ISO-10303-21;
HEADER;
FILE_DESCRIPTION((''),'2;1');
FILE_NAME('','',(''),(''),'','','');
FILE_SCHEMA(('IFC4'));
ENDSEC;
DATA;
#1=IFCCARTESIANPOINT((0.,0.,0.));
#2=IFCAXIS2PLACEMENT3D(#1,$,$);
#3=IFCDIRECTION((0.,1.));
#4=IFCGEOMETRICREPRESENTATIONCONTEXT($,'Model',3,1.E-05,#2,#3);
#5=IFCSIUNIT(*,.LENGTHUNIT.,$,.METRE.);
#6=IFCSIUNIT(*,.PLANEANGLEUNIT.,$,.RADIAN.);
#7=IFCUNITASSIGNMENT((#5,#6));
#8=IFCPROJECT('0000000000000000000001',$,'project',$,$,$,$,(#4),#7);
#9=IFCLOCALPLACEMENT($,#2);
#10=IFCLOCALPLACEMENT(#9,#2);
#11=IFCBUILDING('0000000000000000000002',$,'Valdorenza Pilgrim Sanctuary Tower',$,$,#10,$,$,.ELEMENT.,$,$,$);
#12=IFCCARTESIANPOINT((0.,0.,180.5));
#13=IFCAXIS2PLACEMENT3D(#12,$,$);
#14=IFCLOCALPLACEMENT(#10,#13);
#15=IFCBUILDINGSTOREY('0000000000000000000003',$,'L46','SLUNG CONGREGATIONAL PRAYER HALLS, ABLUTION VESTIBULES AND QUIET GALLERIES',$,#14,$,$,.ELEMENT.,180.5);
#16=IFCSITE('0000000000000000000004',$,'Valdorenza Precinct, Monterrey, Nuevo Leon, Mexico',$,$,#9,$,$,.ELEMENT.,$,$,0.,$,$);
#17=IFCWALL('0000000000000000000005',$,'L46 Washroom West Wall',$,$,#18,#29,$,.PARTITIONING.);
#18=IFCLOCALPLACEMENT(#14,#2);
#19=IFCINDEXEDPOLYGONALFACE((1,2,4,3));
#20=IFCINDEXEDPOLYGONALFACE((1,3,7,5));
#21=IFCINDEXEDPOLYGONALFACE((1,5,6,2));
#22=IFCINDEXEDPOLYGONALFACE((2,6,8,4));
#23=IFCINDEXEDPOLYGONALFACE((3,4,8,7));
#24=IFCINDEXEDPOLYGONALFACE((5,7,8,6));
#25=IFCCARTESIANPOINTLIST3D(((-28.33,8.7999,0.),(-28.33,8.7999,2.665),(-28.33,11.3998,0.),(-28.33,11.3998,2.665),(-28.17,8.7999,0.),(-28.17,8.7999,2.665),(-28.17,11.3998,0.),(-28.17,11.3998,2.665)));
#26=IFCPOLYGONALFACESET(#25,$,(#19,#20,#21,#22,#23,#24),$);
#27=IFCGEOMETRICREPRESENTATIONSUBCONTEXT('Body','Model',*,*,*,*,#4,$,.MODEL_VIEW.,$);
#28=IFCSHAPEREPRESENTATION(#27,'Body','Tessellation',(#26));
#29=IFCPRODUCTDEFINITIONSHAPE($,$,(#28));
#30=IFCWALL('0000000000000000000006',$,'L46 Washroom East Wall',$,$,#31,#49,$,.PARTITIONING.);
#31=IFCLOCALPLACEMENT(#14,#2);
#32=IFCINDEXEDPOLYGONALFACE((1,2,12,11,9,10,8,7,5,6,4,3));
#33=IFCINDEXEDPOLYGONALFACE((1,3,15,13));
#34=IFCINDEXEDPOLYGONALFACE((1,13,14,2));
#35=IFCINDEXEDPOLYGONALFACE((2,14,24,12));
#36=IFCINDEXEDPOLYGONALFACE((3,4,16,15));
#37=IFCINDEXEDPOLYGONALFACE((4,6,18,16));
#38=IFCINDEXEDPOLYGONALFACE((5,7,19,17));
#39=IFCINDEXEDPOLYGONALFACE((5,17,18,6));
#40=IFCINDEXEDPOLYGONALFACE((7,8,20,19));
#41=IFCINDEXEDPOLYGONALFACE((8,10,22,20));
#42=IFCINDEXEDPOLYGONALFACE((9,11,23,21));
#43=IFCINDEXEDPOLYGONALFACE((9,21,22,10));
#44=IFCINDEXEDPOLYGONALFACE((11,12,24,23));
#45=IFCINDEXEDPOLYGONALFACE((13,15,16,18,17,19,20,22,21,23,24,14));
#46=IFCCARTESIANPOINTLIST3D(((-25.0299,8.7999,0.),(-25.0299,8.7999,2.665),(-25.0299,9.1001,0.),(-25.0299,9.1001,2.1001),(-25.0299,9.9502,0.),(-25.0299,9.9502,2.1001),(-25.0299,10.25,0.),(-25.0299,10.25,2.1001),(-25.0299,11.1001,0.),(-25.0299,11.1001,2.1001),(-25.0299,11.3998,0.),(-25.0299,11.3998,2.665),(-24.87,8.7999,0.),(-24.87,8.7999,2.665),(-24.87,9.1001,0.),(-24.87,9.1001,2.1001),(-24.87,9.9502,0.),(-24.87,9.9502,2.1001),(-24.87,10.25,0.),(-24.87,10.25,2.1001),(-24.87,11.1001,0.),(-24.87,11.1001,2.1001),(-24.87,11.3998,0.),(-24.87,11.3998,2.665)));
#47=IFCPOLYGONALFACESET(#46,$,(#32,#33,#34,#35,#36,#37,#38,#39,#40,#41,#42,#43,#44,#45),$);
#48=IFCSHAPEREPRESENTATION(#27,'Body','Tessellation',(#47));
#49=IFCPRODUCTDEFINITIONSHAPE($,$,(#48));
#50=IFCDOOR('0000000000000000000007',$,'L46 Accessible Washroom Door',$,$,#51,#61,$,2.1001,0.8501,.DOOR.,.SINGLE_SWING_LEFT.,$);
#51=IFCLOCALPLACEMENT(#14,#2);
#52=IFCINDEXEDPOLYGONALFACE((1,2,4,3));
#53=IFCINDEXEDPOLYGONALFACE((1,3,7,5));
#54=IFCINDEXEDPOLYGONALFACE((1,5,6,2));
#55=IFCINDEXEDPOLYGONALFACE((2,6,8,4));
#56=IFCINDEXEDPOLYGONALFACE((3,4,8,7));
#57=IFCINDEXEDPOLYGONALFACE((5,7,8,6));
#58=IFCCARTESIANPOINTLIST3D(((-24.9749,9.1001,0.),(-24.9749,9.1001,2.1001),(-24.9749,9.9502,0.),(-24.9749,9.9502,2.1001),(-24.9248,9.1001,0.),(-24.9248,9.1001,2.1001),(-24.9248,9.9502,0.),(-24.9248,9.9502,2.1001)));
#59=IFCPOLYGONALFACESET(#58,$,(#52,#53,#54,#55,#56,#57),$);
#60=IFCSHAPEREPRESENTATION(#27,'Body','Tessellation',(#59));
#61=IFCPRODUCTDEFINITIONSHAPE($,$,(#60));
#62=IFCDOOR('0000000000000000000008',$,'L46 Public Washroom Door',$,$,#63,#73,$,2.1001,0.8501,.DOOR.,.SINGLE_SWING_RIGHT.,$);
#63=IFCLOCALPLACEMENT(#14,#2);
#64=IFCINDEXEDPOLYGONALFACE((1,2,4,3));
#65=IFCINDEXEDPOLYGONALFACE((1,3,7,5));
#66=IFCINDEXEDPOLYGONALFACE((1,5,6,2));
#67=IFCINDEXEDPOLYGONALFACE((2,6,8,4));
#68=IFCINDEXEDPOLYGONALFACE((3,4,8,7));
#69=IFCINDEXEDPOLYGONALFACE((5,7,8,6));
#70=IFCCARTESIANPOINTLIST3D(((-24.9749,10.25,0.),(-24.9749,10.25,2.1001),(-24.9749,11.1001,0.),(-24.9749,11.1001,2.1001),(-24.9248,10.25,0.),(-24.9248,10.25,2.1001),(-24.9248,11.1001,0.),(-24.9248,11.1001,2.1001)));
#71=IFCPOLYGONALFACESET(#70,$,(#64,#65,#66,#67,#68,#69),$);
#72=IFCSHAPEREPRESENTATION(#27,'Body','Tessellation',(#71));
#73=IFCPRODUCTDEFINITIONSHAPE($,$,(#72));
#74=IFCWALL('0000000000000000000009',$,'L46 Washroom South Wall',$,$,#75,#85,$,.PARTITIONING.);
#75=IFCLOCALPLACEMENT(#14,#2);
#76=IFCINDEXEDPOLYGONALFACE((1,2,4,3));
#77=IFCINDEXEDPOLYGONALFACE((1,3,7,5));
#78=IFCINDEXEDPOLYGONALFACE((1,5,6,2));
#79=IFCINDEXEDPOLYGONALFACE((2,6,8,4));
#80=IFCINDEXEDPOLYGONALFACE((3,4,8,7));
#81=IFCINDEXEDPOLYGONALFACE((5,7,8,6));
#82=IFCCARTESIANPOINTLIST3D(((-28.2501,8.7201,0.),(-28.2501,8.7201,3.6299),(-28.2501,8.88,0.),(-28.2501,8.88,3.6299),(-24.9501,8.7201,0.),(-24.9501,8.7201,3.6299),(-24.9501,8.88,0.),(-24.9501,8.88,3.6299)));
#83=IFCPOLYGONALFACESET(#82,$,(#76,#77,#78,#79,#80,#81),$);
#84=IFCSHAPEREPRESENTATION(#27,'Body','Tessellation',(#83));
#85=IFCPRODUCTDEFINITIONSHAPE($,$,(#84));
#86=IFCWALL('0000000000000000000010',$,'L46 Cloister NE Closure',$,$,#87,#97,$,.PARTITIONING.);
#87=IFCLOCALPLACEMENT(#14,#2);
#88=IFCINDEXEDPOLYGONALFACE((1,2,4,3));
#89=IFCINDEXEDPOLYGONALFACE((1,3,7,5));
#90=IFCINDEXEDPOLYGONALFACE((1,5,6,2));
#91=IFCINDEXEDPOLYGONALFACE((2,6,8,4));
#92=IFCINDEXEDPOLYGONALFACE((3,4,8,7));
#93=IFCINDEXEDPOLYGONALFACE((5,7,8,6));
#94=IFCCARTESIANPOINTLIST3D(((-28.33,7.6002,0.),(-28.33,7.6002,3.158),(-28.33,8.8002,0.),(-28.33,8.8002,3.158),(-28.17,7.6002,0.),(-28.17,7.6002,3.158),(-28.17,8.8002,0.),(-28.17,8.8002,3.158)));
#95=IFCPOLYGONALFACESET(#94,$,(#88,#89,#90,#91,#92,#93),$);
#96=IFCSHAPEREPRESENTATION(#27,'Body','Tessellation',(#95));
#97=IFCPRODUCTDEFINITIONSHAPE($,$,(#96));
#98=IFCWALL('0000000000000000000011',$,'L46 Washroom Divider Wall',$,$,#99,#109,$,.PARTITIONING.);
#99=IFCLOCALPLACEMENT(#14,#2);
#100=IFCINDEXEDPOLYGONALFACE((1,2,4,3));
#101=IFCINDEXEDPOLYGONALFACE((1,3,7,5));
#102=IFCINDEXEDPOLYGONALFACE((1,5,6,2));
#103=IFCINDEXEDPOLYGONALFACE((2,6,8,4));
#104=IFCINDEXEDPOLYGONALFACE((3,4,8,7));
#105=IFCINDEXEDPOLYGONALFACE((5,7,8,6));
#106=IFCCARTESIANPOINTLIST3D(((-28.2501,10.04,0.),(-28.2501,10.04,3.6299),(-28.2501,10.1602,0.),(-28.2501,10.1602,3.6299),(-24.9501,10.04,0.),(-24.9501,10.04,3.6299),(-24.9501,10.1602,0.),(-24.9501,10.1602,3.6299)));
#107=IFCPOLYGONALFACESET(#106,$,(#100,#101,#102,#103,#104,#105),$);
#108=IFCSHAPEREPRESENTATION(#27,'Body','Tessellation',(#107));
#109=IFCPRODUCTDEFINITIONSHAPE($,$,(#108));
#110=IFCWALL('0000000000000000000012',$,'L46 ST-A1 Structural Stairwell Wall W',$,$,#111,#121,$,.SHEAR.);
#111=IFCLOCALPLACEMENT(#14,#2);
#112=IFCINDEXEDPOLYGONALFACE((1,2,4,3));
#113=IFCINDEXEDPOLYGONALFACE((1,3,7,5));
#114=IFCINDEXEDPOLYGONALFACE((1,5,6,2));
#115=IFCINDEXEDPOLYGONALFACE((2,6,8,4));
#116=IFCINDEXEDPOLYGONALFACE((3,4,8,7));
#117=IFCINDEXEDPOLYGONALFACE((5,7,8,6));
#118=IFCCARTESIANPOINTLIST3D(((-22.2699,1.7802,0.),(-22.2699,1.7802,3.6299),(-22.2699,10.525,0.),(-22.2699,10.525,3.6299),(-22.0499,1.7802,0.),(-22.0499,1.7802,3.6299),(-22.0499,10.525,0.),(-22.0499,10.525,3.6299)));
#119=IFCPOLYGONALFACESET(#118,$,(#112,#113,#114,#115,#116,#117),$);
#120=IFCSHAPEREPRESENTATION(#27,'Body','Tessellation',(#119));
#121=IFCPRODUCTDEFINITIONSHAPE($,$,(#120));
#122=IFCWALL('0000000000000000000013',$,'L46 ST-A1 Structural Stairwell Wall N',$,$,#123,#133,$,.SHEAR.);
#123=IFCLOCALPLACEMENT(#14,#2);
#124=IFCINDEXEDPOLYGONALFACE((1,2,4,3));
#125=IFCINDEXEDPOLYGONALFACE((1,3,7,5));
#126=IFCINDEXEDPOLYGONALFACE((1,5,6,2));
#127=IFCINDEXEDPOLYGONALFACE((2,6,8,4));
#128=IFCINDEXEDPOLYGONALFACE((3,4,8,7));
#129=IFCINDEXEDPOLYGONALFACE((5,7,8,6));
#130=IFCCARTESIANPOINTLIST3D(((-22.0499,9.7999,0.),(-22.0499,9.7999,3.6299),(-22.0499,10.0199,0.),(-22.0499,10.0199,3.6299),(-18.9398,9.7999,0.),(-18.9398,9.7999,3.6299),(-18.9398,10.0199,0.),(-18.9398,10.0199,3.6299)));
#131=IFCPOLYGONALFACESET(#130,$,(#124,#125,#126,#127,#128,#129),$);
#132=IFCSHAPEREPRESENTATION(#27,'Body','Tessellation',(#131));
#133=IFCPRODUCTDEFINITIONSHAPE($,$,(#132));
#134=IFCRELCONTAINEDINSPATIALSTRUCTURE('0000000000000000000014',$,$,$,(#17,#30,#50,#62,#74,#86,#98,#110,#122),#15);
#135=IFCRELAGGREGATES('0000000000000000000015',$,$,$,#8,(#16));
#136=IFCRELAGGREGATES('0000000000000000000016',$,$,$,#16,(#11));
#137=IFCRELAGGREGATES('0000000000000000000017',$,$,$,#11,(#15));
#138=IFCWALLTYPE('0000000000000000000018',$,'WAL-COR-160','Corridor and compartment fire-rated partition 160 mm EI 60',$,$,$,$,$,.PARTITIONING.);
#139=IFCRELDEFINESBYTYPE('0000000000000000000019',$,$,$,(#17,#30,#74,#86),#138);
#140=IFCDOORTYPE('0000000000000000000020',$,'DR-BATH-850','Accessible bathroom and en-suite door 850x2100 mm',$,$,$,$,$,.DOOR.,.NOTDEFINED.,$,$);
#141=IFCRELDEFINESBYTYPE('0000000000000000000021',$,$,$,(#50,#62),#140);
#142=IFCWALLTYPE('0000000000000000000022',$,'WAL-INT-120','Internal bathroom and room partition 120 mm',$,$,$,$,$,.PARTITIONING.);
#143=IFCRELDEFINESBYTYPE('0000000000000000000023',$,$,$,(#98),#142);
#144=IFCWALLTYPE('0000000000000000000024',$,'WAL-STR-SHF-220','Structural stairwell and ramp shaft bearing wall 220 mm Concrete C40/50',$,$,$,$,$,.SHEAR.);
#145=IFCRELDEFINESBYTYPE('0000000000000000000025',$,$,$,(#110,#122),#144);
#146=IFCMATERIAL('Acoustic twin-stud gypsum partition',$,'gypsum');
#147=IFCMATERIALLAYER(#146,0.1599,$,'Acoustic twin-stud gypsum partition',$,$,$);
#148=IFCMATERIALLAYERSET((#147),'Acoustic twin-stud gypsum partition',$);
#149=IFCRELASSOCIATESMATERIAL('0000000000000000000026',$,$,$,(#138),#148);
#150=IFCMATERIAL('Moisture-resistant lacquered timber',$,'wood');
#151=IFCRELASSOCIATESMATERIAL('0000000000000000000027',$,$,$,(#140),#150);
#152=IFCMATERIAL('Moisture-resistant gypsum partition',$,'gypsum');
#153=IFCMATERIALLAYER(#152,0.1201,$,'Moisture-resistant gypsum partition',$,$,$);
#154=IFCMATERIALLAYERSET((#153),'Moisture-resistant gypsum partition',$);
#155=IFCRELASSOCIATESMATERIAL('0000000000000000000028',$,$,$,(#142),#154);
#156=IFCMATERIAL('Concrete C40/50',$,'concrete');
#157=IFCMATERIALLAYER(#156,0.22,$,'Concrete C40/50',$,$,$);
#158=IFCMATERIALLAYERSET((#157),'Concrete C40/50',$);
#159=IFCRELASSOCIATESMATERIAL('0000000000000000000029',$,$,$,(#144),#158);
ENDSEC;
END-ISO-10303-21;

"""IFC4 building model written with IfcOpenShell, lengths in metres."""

from ifc_helpers import new_model, si_unit, direction, frame, frame_2d, origin, place, context, subcontext, project, spatial, rectangle, extrude, material, layer, layer_set, type_object, element, fill, save


model = new_model("IFC4")

# Units and contexts
model_context = context("Model", 3, precision=1e-05, world=origin(), true_north=direction((0.0, 1.0)))
body_context = subcontext(model_context, "Body", "Model", "MODEL_VIEW")
ifc_project = project(units=[si_unit("LENGTHUNIT", "METRE"), si_unit("PLANEANGLEUNIT", "RADIAN")], contexts=[model_context])

# Site, building, storey
site_placement = place(None, origin())
site = spatial("IfcSite", under=ifc_project, at=site_placement, Name="Valdorenza Precinct, Monterrey, Nuevo Leon, Mexico", CompositionType="ELEMENT", RefElevation=0.0)
building_placement = place(site_placement, origin())
building = spatial("IfcBuilding", under=site, at=building_placement, Name="Valdorenza Pilgrim Sanctuary Tower", CompositionType="ELEMENT")
storey_placement = place(building_placement, frame((0.0, 0.0, 180.5)))
storey = spatial("IfcBuildingStorey", under=building, at=storey_placement, Name="L46", Description="SLUNG CONGREGATIONAL PRAYER HALLS, ABLUTION VESTIBULES AND QUIET GALLERIES", CompositionType="ELEMENT", Elevation=180.5)

# Wall
ifc_material_1 = material(Name="Acoustic twin-stud gypsum partition", Category="gypsum")
ifc_layer_1 = layer(ifc_material_1, 0.1599, Name="Acoustic twin-stud gypsum partition")
ifc_layer_set_1 = layer_set([ifc_layer_1], Name="Acoustic twin-stud gypsum partition")
wall_type_1 = type_object("IfcWallType", Name="WAL-COR-160", Description="Corridor and compartment fire-rated partition 160 mm EI 60", PredefinedType="PARTITIONING", material=ifc_layer_set_1)
wall_1_placement = place(storey_placement, frame((-28.25, 8.8, 0.0), z_axis=(0.0, 0.0, 1.0), x_axis=(0.0, 1.0, 0.0)))
element("IfcWall", 1, at=wall_1_placement, inside=storey, type_object=wall_type_1, Name="L46 Washroom West Wall", PredefinedType="PARTITIONING", context=body_context, shape_type="SweptSolid", body=[
    extrude(rectangle(XDim=2.5999, YDim=0.1599, at=frame_2d((1.2998, 0.0))), origin(), (0.0, 0.0, 1.0), 2.665),
])

# Wall, openings, doors
wall_2_placement = place(storey_placement, frame((-24.95, 8.8, 0.0), z_axis=(0.0, 0.0, 1.0), x_axis=(0.0, 1.0, 0.0)))
wall_2 = element("IfcWall", 2, at=wall_2_placement, inside=storey, type_object=wall_type_1, Name="L46 Washroom East Wall", PredefinedType="PARTITIONING", context=body_context, shape_type="SweptSolid", body=[
    extrude(rectangle(XDim=2.5999, YDim=0.1599, at=frame_2d((1.2998, 0.0))), origin(), (0.0, 0.0, 1.0), 2.665),
])
opening_1_placement = place(wall_2_placement, frame((0.3, 0.0, 0.0)))
opening_1 = element("IfcOpeningElement", 3, at=opening_1_placement, cuts=wall_2, PredefinedType="OPENING", context=body_context, shape_type="SweptSolid", body=[
    extrude(rectangle(XDim=0.8501, YDim=2.1001, at=frame_2d((0.425, 1.05))), frame((0.0, 0.0947, 0.0), z_axis=(0.0, -1.0, 0.0), x_axis=(1.0, 0.0, 0.0)), (0.0, 0.0, 1.0), 0.1897),
])
opening_2_placement = place(wall_2_placement, frame((1.45, 0.0, 0.0)))
opening_2 = element("IfcOpeningElement", 4, at=opening_2_placement, cuts=wall_2, PredefinedType="OPENING", context=body_context, shape_type="SweptSolid", body=[
    extrude(rectangle(XDim=0.8501, YDim=2.1001, at=frame_2d((0.425, 1.05))), frame((0.0, 0.0947, 0.0), z_axis=(0.0, -1.0, 0.0), x_axis=(1.0, 0.0, 0.0)), (0.0, 0.0, 1.0), 0.1897),
])
ifc_material_2 = material(Name="Moisture-resistant lacquered timber", Category="wood")
door_type_1 = type_object("IfcDoorType", Name="DR-BATH-850", Description="Accessible bathroom and en-suite door 850x2100 mm", OperationType="NOTDEFINED", PredefinedType="DOOR", material=ifc_material_2)
door_1_placement = place(opening_1_placement, origin())
door_1 = element("IfcDoor", 5, at=door_1_placement, inside=storey, type_object=door_type_1, Name="L46 Accessible Washroom Door", OperationType="SINGLE_SWING_LEFT", OverallHeight=2.1001, OverallWidth=0.8501, PredefinedType="DOOR", context=body_context, shape_type="SweptSolid", body=[
    extrude(rectangle(XDim=0.8501, YDim=2.1001, at=frame_2d((0.425, 1.05))), frame((0.0, 0.0249, 0.0), z_axis=(0.0, -1.0, 0.0), x_axis=(1.0, 0.0, 0.0)), (0.0, 0.0, 1.0), 0.05),
])
fill(opening_1, door_1)
door_2_placement = place(opening_2_placement, origin())
door_2 = element("IfcDoor", 6, at=door_2_placement, inside=storey, type_object=door_type_1, Name="L46 Public Washroom Door", OperationType="SINGLE_SWING_RIGHT", OverallHeight=2.1001, OverallWidth=0.8501, PredefinedType="DOOR", context=body_context, shape_type="SweptSolid", body=[
    extrude(rectangle(XDim=0.8501, YDim=2.1001, at=frame_2d((0.425, 1.05))), frame((0.0, 0.0249, 0.0), z_axis=(0.0, -1.0, 0.0), x_axis=(1.0, 0.0, 0.0)), (0.0, 0.0, 1.0), 0.05),
])
fill(opening_2, door_2)

# Walls
wall_3_placement = place(storey_placement, frame((-28.25, 8.8, 0.0), z_axis=(0.0, 0.0, 1.0), x_axis=(1.0, 0.0, 0.0)))
element("IfcWall", 7, at=wall_3_placement, inside=storey, type_object=wall_type_1, Name="L46 Washroom South Wall", PredefinedType="PARTITIONING", context=body_context, shape_type="SweptSolid", body=[
    extrude(rectangle(XDim=3.3, YDim=0.1599, at=frame_2d((1.6499, 0.0))), origin(), (0.0, 0.0, 1.0), 3.6299),
])
wall_4_placement = place(storey_placement, frame((-28.25, 7.6001, 0.0), z_axis=(0.0, 0.0, 1.0), x_axis=(0.0, 1.0, 0.0)))
element("IfcWall", 8, at=wall_4_placement, inside=storey, type_object=wall_type_1, Name="L46 Cloister NE Closure", PredefinedType="PARTITIONING", context=body_context, shape_type="SweptSolid", body=[
    extrude(rectangle(XDim=1.2, YDim=0.1599, at=frame_2d((0.6001, 0.0))), origin(), (0.0, 0.0, 1.0), 3.158),
])
ifc_material_3 = material(Name="Moisture-resistant gypsum partition", Category="gypsum")
ifc_layer_2 = layer(ifc_material_3, 0.1201, Name="Moisture-resistant gypsum partition")
ifc_layer_set_2 = layer_set([ifc_layer_2], Name="Moisture-resistant gypsum partition")
wall_type_2 = type_object("IfcWallType", Name="WAL-INT-120", Description="Internal bathroom and room partition 120 mm", PredefinedType="PARTITIONING", material=ifc_layer_set_2)
wall_5_placement = place(storey_placement, frame((-28.25, 10.1001, 0.0), z_axis=(0.0, 0.0, 1.0), x_axis=(1.0, 0.0, 0.0)))
element("IfcWall", 9, at=wall_5_placement, inside=storey, type_object=wall_type_2, Name="L46 Washroom Divider Wall", PredefinedType="PARTITIONING", context=body_context, shape_type="SweptSolid", body=[
    extrude(rectangle(XDim=3.3, YDim=0.1201, at=frame_2d((1.6499, 0.0))), origin(), (0.0, 0.0, 1.0), 3.6299),
])
ifc_material_4 = material(Name="Concrete C40/50", Category="concrete")
ifc_layer_3 = layer(ifc_material_4, 0.22, Name="Concrete C40/50")
ifc_layer_set_3 = layer_set([ifc_layer_3], Name="Concrete C40/50")
wall_type_3 = type_object("IfcWallType", Name="WAL-STR-SHF-220", Description="Structural stairwell and ramp shaft bearing wall 220 mm Concrete C40/50", PredefinedType="SHEAR", material=ifc_layer_set_3)
wall_6_placement = place(storey_placement, frame((-22.1599, 1.78, 0.0), z_axis=(0.0, 0.0, 1.0), x_axis=(0.0, 1.0, 0.0)))
element("IfcWall", 10, at=wall_6_placement, inside=storey, type_object=wall_type_3, Name="L46 ST-A1 Structural Stairwell Wall W", PredefinedType="SHEAR", context=body_context, shape_type="SweptSolid", body=[
    extrude(rectangle(XDim=8.7449, YDim=0.22, at=frame_2d((4.3726, 0.0))), origin(), (0.0, 0.0, 1.0), 3.6299),
])

# Wall
wall_7_placement = place(storey_placement, frame((-22.05, 9.9099, 0.0), z_axis=(0.0, 0.0, 1.0), x_axis=(1.0, 0.0, 0.0)))
element("IfcWall", 11, at=wall_7_placement, inside=storey, type_object=wall_type_3, Name="L46 ST-A1 Structural Stairwell Wall N", PredefinedType="SHEAR", context=body_context, shape_type="SweptSolid", body=[
    extrude(rectangle(XDim=3.1101, YDim=0.22, at=frame_2d((1.5552, 0.0))), origin(), (0.0, 0.0, 1.0), 3.6299),
])

save(model, "model.ifc")
